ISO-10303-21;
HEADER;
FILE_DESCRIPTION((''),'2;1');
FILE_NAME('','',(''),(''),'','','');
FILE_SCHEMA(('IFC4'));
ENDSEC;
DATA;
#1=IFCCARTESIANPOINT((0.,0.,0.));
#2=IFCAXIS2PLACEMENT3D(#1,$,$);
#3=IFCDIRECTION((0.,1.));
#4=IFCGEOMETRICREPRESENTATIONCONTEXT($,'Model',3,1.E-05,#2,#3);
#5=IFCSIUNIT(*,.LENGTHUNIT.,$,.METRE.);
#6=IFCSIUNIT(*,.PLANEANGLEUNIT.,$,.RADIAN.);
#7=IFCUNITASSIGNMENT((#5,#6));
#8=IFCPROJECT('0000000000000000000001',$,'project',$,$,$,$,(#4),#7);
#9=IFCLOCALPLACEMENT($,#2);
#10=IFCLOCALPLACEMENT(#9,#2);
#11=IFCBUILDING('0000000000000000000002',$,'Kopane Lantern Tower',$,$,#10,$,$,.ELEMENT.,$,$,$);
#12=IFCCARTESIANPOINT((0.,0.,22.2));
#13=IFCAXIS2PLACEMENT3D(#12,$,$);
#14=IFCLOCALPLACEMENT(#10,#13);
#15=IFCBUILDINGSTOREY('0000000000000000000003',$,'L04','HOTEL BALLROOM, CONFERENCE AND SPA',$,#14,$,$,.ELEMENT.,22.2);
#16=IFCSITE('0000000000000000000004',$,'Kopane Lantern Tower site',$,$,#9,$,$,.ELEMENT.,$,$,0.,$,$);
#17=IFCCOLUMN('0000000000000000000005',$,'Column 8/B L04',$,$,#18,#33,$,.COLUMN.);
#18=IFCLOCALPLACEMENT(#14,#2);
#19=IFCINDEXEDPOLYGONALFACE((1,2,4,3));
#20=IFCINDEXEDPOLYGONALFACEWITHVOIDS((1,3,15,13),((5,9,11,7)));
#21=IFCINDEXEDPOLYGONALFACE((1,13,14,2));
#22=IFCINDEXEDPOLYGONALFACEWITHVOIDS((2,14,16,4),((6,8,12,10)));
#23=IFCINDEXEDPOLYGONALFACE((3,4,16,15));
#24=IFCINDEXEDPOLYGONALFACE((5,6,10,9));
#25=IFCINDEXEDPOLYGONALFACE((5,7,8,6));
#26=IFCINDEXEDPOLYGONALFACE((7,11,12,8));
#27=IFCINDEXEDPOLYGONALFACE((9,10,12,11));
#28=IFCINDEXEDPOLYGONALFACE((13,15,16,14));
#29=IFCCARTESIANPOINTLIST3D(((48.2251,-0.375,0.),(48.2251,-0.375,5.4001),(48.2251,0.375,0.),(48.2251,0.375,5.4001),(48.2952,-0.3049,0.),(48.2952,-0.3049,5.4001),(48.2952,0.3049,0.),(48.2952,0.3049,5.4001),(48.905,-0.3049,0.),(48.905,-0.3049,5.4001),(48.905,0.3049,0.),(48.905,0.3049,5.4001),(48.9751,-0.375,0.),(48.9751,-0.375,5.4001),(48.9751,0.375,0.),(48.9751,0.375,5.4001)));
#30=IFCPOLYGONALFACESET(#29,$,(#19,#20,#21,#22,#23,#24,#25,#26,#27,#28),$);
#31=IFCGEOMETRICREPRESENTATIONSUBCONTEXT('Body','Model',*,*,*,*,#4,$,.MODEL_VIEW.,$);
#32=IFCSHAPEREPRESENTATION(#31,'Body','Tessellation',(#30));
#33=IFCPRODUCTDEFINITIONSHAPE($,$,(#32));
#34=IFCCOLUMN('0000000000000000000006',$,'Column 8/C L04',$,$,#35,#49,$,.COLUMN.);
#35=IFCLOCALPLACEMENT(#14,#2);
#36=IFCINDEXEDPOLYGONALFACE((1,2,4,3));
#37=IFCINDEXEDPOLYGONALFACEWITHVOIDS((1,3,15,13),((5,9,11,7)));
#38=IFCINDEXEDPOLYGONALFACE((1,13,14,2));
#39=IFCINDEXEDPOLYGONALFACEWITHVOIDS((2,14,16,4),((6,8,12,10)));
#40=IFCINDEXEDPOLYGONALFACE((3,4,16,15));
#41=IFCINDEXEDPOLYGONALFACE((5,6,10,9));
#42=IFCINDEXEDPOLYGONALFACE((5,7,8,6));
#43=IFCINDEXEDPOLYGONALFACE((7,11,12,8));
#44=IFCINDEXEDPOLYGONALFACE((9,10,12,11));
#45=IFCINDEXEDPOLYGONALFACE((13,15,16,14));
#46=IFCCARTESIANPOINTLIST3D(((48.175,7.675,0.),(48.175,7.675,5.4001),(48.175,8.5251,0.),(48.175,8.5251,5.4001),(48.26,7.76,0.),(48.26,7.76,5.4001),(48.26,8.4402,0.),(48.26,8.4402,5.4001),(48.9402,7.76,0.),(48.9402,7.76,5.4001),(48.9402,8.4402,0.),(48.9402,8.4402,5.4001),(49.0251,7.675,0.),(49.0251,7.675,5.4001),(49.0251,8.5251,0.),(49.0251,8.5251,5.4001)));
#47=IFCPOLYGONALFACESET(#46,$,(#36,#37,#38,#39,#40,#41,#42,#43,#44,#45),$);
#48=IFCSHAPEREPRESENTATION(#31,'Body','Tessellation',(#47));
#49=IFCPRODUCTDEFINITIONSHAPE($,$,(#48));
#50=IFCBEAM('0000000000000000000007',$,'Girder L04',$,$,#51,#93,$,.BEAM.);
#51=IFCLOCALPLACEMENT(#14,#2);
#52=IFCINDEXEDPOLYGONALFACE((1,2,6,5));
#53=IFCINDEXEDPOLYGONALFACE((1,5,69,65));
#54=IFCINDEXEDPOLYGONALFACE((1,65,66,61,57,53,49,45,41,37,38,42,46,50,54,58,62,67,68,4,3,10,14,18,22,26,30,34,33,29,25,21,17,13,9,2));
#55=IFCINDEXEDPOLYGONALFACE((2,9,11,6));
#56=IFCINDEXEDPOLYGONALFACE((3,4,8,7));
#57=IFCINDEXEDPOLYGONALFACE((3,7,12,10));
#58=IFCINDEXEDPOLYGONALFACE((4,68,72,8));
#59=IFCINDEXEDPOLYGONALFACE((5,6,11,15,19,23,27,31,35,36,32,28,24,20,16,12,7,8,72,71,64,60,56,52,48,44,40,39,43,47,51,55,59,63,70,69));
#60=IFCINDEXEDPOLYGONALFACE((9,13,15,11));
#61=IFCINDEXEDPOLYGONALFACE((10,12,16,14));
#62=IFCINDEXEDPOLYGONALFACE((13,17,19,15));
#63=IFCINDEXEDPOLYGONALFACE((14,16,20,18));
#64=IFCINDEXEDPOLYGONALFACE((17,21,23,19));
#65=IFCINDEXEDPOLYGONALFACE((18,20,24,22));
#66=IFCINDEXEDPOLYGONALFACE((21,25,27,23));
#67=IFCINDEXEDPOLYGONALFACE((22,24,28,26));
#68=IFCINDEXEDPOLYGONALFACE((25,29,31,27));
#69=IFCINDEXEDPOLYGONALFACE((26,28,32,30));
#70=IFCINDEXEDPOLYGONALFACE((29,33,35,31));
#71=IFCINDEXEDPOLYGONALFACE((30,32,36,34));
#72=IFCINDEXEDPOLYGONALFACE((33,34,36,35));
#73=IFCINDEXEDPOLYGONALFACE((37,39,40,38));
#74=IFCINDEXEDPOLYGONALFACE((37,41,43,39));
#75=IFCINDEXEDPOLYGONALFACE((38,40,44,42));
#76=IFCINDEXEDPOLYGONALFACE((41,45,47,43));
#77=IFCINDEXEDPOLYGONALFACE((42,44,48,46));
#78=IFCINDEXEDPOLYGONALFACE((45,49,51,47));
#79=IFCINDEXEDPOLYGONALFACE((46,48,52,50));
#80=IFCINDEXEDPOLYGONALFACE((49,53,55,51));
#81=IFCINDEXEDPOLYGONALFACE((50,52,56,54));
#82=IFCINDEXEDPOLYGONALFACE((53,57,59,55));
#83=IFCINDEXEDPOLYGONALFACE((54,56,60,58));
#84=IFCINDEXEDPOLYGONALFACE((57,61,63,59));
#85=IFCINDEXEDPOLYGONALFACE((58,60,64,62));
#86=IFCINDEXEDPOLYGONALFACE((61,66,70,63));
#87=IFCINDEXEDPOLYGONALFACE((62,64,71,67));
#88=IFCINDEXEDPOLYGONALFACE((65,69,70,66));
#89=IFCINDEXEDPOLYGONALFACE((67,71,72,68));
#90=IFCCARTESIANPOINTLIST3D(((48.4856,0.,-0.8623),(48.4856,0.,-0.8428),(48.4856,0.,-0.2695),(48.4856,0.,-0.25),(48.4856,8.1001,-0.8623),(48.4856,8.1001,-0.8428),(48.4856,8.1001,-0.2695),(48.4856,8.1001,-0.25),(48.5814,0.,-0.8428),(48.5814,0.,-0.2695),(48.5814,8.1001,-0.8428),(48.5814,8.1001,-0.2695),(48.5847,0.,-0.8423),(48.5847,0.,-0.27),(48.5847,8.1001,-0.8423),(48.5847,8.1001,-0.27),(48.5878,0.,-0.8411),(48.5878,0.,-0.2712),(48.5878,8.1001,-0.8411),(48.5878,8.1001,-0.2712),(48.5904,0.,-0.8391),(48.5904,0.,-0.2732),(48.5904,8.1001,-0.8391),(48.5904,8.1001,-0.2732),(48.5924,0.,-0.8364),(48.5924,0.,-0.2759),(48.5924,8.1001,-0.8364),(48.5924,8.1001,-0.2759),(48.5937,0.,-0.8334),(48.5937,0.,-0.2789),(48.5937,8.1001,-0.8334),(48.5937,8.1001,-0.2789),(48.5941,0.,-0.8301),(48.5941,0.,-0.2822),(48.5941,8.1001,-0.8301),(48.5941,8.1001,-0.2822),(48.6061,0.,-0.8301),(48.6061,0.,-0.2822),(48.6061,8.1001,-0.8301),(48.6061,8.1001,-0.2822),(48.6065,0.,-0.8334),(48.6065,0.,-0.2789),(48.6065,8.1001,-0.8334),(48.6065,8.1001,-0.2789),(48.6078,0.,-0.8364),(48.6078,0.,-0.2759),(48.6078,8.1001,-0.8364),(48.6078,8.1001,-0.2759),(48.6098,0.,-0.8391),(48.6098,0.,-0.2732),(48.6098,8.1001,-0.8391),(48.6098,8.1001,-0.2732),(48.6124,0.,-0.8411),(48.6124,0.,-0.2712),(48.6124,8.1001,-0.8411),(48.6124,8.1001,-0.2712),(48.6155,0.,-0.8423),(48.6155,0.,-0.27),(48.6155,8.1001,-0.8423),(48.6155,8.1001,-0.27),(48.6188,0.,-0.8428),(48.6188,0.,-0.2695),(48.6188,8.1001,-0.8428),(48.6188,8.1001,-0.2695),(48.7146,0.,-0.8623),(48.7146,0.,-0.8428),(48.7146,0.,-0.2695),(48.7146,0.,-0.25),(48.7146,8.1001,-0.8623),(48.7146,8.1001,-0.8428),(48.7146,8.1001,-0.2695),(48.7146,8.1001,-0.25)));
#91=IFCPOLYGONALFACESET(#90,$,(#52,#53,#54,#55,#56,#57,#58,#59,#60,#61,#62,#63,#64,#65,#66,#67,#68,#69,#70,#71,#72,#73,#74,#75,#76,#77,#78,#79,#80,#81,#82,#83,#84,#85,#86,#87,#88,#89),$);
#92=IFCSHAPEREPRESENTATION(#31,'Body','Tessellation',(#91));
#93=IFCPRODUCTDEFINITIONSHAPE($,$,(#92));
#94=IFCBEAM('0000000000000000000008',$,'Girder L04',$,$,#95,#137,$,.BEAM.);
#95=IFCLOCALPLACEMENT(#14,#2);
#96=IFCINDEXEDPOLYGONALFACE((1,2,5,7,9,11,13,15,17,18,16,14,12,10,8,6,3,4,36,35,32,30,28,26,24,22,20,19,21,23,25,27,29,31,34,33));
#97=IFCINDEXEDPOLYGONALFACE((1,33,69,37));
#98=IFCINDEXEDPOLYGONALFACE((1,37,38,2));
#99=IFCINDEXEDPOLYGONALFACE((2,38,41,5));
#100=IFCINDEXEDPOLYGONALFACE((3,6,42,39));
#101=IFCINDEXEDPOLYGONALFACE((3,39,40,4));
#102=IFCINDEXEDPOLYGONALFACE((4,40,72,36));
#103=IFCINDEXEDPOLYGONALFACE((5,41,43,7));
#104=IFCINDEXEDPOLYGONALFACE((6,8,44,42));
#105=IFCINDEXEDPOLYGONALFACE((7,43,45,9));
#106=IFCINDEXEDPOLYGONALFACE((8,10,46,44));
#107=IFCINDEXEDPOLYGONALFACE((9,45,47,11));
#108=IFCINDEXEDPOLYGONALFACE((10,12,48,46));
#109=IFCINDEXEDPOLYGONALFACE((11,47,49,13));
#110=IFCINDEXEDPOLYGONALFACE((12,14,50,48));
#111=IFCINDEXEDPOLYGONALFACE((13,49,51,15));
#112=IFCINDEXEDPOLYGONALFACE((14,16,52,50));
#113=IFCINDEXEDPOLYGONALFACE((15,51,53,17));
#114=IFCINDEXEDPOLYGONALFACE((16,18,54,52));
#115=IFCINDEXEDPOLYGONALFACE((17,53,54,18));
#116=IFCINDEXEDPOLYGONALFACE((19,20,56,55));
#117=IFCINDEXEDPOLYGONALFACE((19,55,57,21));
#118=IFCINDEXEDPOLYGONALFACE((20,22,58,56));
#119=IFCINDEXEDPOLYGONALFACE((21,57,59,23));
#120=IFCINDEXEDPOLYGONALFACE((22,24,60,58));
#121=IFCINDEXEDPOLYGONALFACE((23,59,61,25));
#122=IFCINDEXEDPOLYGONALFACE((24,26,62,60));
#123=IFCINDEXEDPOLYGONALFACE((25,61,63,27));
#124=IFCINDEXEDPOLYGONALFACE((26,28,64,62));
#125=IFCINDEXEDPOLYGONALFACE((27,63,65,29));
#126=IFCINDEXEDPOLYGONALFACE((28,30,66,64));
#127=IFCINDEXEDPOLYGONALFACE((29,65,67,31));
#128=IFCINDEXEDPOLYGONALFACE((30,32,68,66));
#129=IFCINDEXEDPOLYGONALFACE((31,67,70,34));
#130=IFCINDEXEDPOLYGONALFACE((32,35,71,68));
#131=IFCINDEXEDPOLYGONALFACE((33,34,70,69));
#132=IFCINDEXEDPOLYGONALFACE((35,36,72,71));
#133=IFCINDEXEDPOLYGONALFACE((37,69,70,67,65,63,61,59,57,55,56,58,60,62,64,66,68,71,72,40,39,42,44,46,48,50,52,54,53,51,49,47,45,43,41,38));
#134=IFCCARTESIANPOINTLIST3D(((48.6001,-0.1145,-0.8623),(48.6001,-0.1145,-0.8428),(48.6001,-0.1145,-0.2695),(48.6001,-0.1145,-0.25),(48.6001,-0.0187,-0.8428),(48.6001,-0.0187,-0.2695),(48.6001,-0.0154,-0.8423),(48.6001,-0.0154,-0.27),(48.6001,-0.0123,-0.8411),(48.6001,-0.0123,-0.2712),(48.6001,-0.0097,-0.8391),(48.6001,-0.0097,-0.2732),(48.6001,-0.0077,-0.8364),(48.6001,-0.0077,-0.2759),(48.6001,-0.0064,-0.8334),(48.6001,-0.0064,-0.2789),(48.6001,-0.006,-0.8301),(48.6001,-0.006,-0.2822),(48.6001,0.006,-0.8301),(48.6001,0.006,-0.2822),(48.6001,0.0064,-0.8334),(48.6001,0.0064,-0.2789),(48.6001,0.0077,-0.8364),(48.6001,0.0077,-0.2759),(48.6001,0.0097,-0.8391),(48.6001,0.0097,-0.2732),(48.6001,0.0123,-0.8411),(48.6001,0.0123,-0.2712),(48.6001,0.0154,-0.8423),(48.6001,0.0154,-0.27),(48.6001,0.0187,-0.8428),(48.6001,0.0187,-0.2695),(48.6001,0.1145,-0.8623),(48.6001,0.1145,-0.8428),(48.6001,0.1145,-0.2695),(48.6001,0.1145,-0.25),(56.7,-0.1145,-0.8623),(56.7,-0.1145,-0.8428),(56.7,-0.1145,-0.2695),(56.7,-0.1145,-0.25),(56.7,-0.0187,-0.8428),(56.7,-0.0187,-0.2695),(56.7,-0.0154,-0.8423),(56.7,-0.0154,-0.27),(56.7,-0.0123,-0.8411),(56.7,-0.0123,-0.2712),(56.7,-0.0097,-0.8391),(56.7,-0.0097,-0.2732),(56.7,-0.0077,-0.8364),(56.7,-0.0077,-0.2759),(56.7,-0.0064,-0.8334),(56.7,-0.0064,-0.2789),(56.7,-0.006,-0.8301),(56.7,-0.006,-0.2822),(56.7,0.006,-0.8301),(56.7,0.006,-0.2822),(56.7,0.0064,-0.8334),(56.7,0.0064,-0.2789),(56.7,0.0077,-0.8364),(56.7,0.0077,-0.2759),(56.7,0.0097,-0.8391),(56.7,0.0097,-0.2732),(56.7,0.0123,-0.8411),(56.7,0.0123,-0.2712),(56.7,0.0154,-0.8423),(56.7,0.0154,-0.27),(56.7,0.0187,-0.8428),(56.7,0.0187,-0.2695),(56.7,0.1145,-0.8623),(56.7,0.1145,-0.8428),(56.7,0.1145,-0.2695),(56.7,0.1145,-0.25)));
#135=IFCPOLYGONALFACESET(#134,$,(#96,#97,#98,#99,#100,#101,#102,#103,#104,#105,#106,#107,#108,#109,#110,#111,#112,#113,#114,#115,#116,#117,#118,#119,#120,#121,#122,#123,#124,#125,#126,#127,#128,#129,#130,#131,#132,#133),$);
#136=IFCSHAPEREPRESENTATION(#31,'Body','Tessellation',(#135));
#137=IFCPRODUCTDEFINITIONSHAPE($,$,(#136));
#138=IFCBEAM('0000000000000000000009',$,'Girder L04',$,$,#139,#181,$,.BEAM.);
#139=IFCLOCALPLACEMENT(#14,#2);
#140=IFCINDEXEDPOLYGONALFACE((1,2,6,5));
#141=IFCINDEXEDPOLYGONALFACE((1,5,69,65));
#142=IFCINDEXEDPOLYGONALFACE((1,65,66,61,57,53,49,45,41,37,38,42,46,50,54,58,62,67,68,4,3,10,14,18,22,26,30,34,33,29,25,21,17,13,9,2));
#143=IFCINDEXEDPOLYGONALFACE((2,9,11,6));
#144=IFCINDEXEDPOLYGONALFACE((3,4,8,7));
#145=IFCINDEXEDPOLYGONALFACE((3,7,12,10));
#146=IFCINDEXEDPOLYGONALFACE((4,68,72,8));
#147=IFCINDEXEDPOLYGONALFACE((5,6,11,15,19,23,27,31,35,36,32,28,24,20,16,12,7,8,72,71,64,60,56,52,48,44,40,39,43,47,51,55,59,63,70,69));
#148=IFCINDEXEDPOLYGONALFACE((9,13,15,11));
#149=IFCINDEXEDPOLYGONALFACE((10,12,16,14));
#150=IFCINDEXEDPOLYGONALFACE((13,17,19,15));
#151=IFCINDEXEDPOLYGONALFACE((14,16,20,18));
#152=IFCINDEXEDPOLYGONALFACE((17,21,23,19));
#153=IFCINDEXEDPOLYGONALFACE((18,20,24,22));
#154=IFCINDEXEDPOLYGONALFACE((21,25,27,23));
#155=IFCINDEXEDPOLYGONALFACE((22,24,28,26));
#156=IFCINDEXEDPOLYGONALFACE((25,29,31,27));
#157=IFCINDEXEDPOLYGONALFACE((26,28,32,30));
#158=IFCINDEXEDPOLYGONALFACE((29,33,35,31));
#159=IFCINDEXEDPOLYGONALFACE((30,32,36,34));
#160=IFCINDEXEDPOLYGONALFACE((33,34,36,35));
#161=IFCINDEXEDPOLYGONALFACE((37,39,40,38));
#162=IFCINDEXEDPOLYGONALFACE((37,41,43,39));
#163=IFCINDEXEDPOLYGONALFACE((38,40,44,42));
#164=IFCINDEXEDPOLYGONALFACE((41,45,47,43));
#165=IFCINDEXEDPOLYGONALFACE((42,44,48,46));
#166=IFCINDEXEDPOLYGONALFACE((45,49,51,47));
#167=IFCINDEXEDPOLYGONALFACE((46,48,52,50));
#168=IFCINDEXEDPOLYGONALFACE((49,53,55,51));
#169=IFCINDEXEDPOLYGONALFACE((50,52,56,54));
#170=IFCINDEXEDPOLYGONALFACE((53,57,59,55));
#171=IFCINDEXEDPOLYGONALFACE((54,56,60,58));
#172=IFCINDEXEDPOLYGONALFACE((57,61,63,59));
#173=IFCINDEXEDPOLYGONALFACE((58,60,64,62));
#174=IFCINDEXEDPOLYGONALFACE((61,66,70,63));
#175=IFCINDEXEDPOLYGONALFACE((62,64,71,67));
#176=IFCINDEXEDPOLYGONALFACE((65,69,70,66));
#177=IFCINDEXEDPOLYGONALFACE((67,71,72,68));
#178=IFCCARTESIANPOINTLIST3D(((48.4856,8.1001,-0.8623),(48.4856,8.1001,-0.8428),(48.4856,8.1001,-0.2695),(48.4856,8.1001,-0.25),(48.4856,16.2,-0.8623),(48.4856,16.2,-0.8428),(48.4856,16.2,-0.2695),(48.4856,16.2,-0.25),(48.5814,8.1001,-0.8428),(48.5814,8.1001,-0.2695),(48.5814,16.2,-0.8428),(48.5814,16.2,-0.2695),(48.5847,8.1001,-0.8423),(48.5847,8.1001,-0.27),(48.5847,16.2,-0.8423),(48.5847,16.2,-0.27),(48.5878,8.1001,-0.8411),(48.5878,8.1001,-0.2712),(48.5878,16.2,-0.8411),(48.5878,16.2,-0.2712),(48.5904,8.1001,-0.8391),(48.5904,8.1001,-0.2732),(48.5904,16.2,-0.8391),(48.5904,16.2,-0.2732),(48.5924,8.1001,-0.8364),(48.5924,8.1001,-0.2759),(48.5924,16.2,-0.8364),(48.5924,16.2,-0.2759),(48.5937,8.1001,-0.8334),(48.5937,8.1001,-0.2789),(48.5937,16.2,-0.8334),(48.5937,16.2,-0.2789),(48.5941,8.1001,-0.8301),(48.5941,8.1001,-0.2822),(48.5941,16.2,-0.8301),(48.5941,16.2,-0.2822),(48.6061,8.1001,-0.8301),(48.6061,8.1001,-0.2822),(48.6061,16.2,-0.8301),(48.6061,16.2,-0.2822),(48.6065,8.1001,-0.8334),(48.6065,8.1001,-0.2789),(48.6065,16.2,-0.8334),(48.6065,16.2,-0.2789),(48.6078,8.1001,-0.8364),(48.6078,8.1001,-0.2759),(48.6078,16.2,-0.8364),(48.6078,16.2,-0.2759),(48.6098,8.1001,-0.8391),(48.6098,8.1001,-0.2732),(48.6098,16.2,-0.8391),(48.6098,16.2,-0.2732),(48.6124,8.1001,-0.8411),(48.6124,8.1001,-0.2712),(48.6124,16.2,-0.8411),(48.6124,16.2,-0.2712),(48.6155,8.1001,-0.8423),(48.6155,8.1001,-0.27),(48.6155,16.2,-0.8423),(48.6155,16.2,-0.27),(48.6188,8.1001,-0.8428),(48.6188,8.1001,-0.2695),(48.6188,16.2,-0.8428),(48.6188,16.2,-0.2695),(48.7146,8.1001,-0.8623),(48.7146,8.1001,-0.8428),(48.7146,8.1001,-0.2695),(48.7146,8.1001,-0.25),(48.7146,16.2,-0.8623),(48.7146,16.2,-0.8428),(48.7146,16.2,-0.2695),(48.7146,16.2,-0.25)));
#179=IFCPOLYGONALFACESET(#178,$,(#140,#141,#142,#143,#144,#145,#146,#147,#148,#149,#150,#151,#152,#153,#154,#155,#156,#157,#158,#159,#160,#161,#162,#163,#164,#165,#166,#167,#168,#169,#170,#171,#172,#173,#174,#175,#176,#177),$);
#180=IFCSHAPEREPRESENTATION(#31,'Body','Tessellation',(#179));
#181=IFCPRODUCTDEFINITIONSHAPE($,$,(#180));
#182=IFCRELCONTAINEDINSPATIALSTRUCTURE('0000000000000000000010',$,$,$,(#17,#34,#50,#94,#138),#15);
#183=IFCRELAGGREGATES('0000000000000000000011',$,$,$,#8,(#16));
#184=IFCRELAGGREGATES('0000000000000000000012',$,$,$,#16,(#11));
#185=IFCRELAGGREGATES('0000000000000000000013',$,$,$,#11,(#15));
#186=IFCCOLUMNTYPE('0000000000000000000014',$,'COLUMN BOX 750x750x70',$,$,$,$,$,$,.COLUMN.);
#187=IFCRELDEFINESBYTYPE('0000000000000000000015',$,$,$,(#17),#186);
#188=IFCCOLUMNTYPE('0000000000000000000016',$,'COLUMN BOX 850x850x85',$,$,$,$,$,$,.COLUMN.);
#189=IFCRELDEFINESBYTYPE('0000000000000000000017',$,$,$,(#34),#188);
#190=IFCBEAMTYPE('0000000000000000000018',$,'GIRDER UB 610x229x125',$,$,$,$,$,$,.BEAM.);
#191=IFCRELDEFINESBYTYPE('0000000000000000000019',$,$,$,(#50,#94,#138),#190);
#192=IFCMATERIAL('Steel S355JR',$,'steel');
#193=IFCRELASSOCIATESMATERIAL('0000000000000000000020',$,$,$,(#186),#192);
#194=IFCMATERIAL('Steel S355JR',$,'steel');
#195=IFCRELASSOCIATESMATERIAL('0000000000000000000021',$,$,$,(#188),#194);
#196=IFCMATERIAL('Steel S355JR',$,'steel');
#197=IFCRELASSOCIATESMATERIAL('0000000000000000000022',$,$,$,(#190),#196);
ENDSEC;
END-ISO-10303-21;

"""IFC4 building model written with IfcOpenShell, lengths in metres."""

from ifc_helpers import new_model, si_unit, direction, frame, origin, origin_2d, place, context, subcontext, project, spatial, hollow_rectangle, i_section, extrude, material, material_profile, profile_set, type_object, element, save


model = new_model("IFC4")

# Units and contexts
model_context = context("Model", 3, precision=1e-05, world=origin(), true_north=direction((0.0, 1.0)))
body_context = subcontext(model_context, "Body", "Model", "MODEL_VIEW")
ifc_project = project(units=[si_unit("LENGTHUNIT", "METRE"), si_unit("PLANEANGLEUNIT", "RADIAN")], contexts=[model_context])

# Site, building, storey
site_placement = place(None, origin())
site = spatial("IfcSite", under=ifc_project, at=site_placement, Name="Kopane Lantern Tower site", CompositionType="ELEMENT", RefElevation=0.0)
building_placement = place(site_placement, origin())
building = spatial("IfcBuilding", under=site, at=building_placement, Name="Kopane Lantern Tower", CompositionType="ELEMENT")
storey_placement = place(building_placement, frame((0.0, 0.0, 22.2)))
storey = spatial("IfcBuildingStorey", under=building, at=storey_placement, Name="L04", Description="HOTEL BALLROOM, CONFERENCE AND SPA", CompositionType="ELEMENT", Elevation=22.2)

# Columns
ifc_material_1 = material(Name="Steel S355JR", Category="steel")
ifc_material_profile_1 = material_profile(ifc_material_1, hollow_rectangle(XDim=0.75, YDim=0.75, WallThickness=0.0701, at=origin_2d()), Name="BOX 750x750x70")
ifc_profile_set_1 = profile_set([ifc_material_profile_1], Name="Steel S355JR")
column_type_1 = type_object("IfcColumnType", Name="COLUMN BOX 750x750x70", PredefinedType="COLUMN", material=ifc_profile_set_1)
column_1_placement = place(storey_placement, frame((48.6001, 0.0, 0.0), z_axis=(0.0, 0.0, 1.0), x_axis=(1.0, 0.0, 0.0)))
element("IfcColumn", 1, at=column_1_placement, inside=storey, type_object=column_type_1, Name="Column 8/B L04", PredefinedType="COLUMN", context=body_context, shape_type="SweptSolid", body=[
    extrude(hollow_rectangle(XDim=0.75, YDim=0.75, WallThickness=0.0701, at=origin_2d()), origin(), (0.0, 0.0, 1.0), 5.4001),
])
ifc_material_2 = material(Name="Steel S355JR", Category="steel")
ifc_material_profile_2 = material_profile(ifc_material_2, hollow_rectangle(XDim=0.8501, YDim=0.8501, WallThickness=0.085, at=origin_2d()), Name="BOX 850x850x85")
ifc_profile_set_2 = profile_set([ifc_material_profile_2], Name="Steel S355JR")
column_type_2 = type_object("IfcColumnType", Name="COLUMN BOX 850x850x85", PredefinedType="COLUMN", material=ifc_profile_set_2)
column_2_placement = place(storey_placement, frame((48.6001, 8.1001, 0.0), z_axis=(0.0, 0.0, 1.0), x_axis=(1.0, 0.0, 0.0)))
element("IfcColumn", 2, at=column_2_placement, inside=storey, type_object=column_type_2, Name="Column 8/C L04", PredefinedType="COLUMN", context=body_context, shape_type="SweptSolid", body=[
    extrude(hollow_rectangle(XDim=0.8501, YDim=0.8501, WallThickness=0.085, at=origin_2d()), origin(), (0.0, 0.0, 1.0), 5.4001),
])

# Beams
ifc_material_3 = material(Name="Steel S355JR", Category="steel")
ifc_material_profile_3 = material_profile(ifc_material_3, i_section(OverallWidth=0.229, OverallDepth=0.6123, WebThickness=0.012, FlangeThickness=0.0195, FilletRadius=0.0127, at=origin_2d()), Name="UB 610x229x125")
ifc_profile_set_3 = profile_set([ifc_material_profile_3], Name="Steel S355JR")
beam_type = type_object("IfcBeamType", Name="GIRDER UB 610x229x125", PredefinedType="BEAM", material=ifc_profile_set_3)
beam_placement = place(storey_placement, frame((48.6001, 0.0, -0.5562), z_axis=(0.0, 1.0, 0.0), x_axis=(-1.0, 0.0, 0.0)))
element("IfcBeam", 3, at=beam_placement, inside=storey, type_object=beam_type, Name="Girder L04", PredefinedType="BEAM", context=body_context, shape_type="SweptSolid", body=[
    extrude(i_section(OverallWidth=0.229, OverallDepth=0.6123, WebThickness=0.012, FlangeThickness=0.0195, FilletRadius=0.0127, at=origin_2d()), origin(), (0.0, 0.0, 1.0), 8.1001),
])
for number, where, z_axis, x_axis, name in (
    (4, (48.6001, 0.0, -0.5562), (1.0, 0.0, 0.0), (0.0, 1.0, 0.0), "Girder L04"),
    (5, (48.6001, 8.1001, -0.5562), (0.0, 1.0, 0.0), (-1.0, 0.0, 0.0), "Girder L04"),
):
    element("IfcBeam", number, at=place(storey_placement, frame(where, z_axis=z_axis, x_axis=x_axis)), inside=storey, type_object=beam_type, Name=name, PredefinedType="BEAM", context=body_context, shape_type="SweptSolid", body=[
        extrude(i_section(OverallWidth=0.229, OverallDepth=0.6123, WebThickness=0.012, FlangeThickness=0.0195, FilletRadius=0.0127, at=origin_2d()), origin(), (0.0, 0.0, 1.0), 8.0999),
    ])

save(model, "model.ifc")
